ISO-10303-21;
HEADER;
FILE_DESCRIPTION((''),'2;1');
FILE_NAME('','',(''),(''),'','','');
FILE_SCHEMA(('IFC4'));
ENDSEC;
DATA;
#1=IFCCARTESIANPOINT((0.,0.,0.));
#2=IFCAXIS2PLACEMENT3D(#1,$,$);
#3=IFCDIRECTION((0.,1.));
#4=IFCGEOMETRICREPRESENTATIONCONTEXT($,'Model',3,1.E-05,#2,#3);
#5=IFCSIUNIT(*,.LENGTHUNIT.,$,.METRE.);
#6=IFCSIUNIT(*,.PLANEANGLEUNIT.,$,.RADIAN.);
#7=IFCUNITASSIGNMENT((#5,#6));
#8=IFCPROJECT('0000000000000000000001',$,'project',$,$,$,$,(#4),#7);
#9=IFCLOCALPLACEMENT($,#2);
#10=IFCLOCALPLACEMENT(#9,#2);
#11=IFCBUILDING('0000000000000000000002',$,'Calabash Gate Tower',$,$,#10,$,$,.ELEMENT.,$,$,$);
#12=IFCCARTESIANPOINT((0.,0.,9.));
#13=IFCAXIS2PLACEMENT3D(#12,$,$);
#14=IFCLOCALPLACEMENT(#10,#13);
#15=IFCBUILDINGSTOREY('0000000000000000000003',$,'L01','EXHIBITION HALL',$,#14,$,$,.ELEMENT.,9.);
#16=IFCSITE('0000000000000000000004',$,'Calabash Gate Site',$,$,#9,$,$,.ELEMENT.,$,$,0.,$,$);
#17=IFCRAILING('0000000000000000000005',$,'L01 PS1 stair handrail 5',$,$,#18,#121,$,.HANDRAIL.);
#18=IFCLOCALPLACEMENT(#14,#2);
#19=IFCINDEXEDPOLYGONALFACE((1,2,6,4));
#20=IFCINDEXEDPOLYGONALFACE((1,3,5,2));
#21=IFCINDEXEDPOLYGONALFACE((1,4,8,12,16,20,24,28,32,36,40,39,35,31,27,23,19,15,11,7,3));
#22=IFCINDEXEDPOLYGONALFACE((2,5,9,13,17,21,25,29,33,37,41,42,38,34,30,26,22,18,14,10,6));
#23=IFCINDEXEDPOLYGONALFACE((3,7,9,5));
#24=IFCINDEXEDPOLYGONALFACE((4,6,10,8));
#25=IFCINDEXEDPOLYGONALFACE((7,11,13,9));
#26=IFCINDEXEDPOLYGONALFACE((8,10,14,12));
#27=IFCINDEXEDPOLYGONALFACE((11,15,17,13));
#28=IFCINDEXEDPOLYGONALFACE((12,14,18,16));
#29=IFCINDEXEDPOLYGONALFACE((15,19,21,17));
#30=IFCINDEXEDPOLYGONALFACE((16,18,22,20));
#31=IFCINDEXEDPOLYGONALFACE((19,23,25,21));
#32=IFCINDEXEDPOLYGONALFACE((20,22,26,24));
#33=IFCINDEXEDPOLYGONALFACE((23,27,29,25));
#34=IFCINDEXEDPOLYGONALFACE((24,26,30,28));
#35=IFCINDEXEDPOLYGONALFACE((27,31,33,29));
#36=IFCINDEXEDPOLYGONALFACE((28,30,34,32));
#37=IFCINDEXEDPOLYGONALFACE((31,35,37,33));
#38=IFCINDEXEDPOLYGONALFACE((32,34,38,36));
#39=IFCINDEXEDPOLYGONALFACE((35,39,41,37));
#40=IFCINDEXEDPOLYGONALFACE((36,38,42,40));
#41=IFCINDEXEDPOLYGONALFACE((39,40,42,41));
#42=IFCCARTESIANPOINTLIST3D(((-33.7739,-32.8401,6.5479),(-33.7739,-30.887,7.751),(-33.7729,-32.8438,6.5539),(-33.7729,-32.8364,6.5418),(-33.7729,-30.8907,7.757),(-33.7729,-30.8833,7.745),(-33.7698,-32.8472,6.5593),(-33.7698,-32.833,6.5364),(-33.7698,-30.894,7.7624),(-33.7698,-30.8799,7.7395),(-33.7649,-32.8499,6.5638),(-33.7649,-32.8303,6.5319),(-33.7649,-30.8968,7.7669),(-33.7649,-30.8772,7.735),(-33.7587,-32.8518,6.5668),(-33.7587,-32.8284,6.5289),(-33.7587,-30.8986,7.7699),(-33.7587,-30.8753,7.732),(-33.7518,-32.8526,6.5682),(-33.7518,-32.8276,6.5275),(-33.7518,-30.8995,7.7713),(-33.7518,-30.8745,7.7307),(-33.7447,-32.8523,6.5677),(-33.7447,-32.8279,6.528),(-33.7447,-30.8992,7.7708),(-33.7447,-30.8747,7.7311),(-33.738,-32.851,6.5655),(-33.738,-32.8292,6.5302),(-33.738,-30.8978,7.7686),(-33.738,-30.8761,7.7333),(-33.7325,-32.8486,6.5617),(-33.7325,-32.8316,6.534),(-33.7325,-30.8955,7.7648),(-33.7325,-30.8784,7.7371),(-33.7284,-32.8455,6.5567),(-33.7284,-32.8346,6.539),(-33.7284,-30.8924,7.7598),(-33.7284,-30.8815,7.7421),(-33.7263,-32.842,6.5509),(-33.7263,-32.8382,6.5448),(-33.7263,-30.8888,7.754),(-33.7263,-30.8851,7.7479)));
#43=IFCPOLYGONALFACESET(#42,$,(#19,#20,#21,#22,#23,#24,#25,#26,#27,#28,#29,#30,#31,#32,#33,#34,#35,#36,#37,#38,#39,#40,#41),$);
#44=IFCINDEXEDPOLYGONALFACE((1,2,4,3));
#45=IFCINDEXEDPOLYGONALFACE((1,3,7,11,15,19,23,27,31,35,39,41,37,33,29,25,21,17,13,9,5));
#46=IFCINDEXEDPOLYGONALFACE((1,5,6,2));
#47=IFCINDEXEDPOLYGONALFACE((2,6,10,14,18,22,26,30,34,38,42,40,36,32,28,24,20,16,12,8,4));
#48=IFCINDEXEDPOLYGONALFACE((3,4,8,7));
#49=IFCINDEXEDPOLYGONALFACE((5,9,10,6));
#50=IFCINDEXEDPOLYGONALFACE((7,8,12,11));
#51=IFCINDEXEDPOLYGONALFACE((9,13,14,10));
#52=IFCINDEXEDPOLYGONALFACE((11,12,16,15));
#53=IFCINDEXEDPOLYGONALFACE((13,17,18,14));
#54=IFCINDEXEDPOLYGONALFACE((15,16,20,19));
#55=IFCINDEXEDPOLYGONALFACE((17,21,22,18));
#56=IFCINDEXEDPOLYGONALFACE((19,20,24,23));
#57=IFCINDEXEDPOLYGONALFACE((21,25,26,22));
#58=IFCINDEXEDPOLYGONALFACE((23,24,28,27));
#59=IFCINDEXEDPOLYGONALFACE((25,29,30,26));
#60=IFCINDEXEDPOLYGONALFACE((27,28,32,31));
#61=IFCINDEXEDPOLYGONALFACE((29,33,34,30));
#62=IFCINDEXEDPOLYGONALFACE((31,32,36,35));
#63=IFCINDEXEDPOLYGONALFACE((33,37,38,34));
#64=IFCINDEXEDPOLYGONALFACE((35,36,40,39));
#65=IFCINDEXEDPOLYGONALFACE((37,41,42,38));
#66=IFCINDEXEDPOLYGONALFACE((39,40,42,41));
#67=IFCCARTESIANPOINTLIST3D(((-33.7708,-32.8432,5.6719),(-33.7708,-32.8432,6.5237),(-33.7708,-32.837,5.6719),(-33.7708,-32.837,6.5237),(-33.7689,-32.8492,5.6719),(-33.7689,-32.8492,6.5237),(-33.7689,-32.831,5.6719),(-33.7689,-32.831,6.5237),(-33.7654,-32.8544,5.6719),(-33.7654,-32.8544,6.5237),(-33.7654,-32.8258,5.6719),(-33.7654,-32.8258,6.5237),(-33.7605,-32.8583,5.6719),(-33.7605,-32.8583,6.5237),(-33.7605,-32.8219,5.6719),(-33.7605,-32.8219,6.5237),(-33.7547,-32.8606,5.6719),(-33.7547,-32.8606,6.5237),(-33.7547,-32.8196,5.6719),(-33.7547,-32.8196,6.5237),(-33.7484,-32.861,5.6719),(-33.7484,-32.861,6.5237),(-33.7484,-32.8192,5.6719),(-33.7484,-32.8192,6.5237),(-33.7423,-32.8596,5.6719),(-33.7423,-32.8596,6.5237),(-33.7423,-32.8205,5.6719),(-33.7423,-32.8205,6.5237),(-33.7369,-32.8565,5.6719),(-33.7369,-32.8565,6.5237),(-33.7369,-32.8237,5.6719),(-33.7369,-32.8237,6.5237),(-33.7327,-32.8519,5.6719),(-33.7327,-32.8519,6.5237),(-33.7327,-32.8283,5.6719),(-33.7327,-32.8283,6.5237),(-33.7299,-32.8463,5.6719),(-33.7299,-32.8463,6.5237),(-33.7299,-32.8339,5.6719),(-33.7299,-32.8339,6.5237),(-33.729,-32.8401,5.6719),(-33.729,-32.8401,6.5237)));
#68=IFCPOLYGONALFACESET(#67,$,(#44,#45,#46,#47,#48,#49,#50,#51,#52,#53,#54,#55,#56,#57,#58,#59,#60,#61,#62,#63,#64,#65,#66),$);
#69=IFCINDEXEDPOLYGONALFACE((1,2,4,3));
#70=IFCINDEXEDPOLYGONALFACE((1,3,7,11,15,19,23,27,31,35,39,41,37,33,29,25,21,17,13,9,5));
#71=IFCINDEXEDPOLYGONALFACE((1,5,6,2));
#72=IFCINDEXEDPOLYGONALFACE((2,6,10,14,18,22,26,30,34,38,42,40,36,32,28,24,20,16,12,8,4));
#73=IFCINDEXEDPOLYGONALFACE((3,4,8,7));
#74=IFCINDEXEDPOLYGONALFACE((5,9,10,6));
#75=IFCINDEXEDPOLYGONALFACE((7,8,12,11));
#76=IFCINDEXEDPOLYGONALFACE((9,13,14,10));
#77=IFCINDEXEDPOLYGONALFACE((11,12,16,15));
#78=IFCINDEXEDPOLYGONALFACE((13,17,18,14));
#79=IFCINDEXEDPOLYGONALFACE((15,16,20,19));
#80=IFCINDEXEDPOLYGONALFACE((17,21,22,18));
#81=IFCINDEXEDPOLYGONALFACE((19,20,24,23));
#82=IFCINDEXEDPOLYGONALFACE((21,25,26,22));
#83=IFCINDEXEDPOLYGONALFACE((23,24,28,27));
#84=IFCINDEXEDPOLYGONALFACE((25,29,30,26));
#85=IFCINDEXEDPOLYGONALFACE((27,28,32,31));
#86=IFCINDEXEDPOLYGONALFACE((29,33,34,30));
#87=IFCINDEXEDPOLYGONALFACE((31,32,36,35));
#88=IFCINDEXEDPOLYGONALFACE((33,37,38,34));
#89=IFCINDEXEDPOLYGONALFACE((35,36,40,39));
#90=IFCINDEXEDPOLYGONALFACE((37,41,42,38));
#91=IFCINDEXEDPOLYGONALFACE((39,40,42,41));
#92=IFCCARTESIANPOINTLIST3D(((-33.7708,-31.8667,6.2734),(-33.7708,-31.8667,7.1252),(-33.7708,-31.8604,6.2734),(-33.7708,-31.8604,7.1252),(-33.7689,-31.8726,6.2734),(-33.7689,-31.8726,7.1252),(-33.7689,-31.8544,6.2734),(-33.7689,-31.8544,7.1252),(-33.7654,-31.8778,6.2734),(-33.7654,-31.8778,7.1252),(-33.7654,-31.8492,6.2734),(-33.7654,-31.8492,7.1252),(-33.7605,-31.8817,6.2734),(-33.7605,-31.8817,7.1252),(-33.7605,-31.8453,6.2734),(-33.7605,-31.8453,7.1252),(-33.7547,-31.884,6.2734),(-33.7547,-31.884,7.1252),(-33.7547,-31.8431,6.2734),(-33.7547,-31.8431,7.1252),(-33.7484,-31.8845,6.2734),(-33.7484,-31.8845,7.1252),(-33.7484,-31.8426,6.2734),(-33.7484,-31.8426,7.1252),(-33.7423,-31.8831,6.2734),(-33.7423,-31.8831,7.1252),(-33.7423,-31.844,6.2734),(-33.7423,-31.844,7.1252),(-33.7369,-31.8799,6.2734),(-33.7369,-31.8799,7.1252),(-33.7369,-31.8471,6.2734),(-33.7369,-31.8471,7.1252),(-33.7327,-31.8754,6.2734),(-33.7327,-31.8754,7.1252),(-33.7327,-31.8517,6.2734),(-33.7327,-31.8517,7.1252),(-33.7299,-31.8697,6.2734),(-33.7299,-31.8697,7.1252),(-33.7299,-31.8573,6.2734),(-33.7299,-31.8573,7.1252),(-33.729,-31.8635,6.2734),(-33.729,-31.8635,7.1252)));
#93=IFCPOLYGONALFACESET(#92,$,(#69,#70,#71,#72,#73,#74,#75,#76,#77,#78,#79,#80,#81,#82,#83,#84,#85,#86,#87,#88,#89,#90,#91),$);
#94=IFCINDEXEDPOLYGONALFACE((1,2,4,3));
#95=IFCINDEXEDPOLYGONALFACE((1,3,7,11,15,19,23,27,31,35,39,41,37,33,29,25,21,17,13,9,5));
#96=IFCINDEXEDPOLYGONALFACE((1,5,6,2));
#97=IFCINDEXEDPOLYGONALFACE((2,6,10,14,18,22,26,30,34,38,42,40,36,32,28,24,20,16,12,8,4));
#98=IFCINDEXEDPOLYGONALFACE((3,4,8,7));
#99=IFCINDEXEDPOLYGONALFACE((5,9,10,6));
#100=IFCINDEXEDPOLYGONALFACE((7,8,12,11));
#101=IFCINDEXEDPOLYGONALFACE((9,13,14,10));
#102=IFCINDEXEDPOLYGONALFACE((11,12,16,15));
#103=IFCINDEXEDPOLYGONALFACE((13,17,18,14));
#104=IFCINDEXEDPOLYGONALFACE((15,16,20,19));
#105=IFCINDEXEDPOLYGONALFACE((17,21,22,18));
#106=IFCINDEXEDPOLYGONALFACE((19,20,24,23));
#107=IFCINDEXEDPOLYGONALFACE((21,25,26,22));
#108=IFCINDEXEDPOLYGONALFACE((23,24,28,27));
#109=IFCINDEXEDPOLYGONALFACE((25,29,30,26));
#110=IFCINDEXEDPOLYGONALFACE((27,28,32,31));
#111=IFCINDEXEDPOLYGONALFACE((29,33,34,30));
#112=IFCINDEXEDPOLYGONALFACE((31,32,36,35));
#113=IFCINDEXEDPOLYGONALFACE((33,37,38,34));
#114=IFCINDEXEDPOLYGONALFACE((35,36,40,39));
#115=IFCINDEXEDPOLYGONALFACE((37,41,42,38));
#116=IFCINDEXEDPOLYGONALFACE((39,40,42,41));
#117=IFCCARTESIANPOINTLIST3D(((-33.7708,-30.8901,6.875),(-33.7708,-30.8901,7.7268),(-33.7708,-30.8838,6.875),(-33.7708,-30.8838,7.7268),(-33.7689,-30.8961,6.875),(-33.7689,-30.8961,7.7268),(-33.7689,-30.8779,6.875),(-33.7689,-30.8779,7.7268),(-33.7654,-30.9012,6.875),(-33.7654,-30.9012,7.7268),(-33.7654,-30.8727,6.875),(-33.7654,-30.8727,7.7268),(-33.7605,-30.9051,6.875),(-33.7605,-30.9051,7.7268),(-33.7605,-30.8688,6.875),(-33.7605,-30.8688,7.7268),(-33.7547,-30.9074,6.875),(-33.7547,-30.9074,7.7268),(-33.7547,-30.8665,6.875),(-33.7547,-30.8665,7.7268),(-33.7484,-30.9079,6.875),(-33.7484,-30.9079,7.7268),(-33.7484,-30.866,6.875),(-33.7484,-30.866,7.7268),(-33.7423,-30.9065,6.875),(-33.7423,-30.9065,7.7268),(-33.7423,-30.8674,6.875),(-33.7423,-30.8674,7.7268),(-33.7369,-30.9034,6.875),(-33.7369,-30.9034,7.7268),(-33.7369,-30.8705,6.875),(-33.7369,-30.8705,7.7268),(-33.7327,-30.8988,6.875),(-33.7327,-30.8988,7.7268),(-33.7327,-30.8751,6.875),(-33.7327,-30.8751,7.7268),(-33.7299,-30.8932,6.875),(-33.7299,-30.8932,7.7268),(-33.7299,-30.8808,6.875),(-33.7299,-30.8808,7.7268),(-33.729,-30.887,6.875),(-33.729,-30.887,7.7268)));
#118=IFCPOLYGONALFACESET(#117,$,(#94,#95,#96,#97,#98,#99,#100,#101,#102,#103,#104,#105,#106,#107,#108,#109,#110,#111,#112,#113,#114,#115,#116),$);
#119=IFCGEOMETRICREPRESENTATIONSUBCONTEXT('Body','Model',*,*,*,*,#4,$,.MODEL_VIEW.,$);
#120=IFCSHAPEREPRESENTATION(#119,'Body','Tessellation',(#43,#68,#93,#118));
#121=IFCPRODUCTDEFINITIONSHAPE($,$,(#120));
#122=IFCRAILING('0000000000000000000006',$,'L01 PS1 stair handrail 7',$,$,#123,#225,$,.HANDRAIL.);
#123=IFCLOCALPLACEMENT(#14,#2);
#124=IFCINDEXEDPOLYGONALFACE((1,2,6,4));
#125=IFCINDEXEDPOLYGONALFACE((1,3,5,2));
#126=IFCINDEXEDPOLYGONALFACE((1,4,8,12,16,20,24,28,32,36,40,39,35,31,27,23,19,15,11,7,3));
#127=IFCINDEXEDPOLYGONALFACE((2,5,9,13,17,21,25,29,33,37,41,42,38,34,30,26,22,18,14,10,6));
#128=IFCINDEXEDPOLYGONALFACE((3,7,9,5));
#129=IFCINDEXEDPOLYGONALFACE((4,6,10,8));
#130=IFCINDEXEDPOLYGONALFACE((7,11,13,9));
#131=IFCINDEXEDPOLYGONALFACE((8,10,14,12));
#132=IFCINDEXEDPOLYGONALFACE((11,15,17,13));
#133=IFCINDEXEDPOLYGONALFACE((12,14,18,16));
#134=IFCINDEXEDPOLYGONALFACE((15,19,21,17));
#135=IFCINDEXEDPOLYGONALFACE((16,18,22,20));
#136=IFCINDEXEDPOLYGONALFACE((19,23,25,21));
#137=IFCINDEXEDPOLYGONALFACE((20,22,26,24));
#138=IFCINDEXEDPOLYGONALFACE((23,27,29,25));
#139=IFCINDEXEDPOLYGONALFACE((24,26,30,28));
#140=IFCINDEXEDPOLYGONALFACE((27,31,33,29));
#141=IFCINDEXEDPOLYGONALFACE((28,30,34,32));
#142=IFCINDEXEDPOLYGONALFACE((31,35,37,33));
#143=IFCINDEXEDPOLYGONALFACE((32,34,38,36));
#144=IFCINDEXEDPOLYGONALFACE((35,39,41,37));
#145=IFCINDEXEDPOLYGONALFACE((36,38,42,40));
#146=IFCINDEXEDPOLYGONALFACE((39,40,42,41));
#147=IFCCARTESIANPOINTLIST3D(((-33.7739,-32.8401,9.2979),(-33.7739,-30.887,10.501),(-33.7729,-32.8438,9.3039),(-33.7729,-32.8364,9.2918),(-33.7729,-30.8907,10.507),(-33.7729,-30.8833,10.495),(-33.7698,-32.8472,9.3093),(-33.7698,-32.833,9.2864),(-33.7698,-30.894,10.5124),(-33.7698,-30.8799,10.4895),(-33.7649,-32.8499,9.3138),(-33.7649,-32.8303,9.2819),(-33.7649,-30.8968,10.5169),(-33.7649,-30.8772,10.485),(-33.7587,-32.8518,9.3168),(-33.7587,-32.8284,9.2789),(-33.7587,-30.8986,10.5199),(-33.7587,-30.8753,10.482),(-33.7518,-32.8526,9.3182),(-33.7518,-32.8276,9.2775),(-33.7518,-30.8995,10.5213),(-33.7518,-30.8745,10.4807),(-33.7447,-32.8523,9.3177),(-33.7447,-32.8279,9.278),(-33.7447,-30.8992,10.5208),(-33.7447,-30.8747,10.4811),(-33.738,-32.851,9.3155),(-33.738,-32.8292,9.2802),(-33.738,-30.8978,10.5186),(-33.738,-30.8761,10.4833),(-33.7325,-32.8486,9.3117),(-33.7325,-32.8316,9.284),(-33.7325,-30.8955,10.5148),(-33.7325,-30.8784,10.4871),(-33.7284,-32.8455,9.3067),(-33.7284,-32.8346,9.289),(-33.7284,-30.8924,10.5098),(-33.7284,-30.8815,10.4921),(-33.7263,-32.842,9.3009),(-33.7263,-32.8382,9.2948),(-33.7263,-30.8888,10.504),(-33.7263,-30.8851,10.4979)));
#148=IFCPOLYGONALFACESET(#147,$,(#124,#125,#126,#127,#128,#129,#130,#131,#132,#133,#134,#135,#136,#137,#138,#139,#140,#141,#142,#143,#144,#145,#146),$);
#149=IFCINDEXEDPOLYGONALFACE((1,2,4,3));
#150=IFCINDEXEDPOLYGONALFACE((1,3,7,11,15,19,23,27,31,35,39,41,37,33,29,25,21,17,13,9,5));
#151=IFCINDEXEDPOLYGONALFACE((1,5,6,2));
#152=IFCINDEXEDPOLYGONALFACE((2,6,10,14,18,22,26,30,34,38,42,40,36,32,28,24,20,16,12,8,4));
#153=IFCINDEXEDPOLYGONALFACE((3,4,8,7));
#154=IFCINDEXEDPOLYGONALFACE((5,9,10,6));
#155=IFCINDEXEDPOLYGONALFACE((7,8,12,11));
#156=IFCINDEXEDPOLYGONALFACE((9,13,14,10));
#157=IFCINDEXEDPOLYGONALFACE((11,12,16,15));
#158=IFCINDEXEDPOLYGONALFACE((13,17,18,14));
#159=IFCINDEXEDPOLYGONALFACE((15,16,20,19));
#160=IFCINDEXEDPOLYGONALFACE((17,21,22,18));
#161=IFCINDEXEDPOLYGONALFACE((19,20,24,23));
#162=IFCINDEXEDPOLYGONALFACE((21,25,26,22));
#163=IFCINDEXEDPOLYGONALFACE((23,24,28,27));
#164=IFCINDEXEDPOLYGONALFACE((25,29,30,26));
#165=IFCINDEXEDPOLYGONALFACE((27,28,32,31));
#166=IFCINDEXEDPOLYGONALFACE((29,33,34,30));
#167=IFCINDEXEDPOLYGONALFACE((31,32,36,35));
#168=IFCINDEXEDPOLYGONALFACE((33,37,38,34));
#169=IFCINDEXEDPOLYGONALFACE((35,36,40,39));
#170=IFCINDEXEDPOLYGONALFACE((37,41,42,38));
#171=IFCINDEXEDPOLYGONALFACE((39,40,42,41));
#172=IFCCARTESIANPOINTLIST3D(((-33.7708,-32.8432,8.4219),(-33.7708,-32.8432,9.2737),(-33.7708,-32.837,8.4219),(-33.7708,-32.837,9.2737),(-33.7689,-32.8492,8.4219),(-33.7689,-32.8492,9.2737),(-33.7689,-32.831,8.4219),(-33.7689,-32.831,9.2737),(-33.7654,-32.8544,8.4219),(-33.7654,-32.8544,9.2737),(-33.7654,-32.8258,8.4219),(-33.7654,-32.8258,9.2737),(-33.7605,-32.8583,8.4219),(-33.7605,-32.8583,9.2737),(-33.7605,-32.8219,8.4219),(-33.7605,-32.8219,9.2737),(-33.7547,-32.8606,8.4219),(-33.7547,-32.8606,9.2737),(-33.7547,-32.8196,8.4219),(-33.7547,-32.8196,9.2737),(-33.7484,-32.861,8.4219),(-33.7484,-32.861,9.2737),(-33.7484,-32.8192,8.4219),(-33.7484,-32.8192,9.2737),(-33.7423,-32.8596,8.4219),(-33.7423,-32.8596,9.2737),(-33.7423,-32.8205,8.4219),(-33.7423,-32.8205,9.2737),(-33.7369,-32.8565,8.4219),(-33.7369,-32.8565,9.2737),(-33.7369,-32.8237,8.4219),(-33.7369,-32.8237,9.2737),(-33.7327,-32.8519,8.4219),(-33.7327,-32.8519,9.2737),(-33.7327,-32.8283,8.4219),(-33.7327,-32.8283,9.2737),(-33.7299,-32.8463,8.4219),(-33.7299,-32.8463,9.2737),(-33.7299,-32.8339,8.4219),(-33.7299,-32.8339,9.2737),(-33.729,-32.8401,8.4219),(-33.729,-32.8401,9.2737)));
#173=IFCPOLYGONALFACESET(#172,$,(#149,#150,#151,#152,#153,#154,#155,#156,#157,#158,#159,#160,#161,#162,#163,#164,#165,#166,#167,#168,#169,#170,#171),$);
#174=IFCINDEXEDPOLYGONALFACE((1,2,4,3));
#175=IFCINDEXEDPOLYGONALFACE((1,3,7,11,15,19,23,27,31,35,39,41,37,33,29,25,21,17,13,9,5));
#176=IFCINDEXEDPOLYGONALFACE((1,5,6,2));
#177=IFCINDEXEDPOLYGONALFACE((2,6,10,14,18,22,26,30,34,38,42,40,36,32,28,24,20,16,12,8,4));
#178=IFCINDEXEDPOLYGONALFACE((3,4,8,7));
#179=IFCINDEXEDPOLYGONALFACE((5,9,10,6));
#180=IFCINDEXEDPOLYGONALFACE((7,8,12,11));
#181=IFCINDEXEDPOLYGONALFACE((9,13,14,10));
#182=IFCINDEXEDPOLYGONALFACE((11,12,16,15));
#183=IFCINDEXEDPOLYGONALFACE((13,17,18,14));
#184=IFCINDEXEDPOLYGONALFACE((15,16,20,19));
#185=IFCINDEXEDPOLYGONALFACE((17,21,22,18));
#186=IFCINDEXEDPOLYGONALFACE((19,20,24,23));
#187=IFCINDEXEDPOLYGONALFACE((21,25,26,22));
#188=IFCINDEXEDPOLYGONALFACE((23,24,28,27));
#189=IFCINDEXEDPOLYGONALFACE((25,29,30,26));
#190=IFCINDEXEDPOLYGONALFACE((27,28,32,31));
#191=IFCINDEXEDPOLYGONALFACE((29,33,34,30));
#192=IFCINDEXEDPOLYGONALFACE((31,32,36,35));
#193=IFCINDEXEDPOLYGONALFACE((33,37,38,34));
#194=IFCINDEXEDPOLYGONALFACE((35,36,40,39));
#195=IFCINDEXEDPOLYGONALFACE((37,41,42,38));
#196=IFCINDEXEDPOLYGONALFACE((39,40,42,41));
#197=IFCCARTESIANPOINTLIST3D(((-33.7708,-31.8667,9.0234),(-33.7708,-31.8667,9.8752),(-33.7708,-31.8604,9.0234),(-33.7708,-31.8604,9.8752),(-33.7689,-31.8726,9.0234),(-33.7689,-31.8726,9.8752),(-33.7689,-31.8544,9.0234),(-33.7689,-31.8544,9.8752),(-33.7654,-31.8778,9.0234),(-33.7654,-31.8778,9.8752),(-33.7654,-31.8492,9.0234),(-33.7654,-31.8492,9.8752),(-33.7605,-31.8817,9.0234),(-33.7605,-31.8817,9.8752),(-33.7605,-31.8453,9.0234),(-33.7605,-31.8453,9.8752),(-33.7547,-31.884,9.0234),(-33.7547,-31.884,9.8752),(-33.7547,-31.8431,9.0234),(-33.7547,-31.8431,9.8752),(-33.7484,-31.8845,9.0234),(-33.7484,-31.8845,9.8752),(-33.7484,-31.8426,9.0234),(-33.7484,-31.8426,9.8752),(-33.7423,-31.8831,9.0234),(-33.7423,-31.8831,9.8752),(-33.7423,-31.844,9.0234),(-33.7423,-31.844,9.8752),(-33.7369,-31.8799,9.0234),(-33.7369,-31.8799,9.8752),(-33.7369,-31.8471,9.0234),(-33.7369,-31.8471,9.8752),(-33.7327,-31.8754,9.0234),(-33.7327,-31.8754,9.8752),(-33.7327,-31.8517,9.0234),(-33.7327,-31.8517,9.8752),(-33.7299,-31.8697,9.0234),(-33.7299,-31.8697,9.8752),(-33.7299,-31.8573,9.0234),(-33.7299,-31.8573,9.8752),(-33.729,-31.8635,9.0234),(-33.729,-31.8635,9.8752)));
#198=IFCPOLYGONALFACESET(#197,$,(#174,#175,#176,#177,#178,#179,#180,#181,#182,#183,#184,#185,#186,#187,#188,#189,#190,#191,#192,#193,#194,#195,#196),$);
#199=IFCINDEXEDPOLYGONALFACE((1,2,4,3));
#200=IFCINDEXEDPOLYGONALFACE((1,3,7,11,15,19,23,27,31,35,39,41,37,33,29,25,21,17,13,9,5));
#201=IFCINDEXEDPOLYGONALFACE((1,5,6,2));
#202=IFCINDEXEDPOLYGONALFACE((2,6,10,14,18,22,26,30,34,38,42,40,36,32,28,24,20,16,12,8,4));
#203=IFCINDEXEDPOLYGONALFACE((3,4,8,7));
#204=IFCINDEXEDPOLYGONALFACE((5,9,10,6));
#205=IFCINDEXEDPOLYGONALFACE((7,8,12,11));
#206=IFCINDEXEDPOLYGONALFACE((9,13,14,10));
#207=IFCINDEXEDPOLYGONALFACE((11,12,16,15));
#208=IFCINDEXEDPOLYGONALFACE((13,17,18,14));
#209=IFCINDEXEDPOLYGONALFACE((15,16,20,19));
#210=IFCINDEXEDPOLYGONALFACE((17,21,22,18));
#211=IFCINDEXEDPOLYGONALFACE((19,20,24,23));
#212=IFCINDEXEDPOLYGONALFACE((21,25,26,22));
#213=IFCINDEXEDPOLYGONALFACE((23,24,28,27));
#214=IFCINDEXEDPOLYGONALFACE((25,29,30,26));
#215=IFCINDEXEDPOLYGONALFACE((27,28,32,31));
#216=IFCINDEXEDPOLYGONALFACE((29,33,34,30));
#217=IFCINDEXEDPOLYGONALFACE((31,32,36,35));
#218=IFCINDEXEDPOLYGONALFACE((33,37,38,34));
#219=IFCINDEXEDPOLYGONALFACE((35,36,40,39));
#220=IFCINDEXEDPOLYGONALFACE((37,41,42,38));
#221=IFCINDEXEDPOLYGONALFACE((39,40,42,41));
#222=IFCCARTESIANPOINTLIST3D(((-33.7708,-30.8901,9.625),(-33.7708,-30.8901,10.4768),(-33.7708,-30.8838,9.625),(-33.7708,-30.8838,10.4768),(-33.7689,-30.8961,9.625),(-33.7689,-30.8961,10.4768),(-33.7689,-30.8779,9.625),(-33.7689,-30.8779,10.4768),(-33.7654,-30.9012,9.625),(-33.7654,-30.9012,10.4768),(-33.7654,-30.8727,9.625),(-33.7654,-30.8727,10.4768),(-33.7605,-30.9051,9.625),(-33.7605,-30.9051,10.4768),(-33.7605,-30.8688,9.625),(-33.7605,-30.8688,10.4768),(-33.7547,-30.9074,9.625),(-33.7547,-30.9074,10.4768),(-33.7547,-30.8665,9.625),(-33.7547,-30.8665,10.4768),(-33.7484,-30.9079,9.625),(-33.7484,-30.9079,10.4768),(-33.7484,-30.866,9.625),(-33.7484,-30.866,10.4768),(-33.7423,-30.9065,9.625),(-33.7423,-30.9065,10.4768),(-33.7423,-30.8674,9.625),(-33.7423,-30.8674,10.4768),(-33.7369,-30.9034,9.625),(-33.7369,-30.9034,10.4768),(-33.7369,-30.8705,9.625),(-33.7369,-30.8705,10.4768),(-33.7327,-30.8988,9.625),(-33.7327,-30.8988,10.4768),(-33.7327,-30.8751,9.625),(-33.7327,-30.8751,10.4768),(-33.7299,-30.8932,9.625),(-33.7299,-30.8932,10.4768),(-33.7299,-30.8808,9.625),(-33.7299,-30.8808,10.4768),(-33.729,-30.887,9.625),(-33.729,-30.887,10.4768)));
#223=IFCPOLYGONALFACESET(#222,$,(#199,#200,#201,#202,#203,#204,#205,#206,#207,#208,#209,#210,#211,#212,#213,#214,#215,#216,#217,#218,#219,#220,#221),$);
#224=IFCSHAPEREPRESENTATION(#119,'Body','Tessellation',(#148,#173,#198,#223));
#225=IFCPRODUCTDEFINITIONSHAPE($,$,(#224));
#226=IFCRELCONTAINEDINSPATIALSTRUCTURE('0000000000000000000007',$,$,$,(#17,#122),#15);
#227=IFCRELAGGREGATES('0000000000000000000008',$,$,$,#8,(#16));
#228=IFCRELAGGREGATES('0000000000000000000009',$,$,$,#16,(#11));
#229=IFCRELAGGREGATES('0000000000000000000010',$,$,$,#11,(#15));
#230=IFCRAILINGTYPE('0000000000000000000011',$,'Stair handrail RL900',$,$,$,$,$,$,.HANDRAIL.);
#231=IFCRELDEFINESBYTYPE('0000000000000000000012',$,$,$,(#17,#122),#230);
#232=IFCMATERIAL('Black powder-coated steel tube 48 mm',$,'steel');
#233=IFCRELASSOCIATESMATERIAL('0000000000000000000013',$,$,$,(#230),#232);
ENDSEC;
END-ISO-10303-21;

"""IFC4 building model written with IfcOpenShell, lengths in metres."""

from ifc_helpers import new_model, si_unit, direction, frame, origin, origin_2d, place, context, subcontext, project, spatial, circle, extrude, material, type_object, element, save


model = new_model("IFC4")

# Units and contexts
model_context = context("Model", 3, precision=1e-05, world=origin(), true_north=direction((0.0, 1.0)))
body_context = subcontext(model_context, "Body", "Model", "MODEL_VIEW")
ifc_project = project(units=[si_unit("LENGTHUNIT", "METRE"), si_unit("PLANEANGLEUNIT", "RADIAN")], contexts=[model_context])

# Site, building, storey
site_placement = place(None, origin())
site = spatial("IfcSite", under=ifc_project, at=site_placement, Name="Calabash Gate Site", CompositionType="ELEMENT", RefElevation=0.0)
building_placement = place(site_placement, origin())
building = spatial("IfcBuilding", under=site, at=building_placement, Name="Calabash Gate Tower", CompositionType="ELEMENT")
storey_placement = place(building_placement, frame((0.0, 0.0, 9.0)))
storey = spatial("IfcBuildingStorey", under=building, at=storey_placement, Name="L01", Description="EXHIBITION HALL", CompositionType="ELEMENT", Elevation=9.0)

# Railings
ifc_material_1 = material(Name="Black powder-coated steel tube 48 mm", Category="steel")
railing_type_1 = type_object("IfcRailingType", Name="Stair handrail RL900", PredefinedType="HANDRAIL", material=ifc_material_1)
for number, where, name in (
    (1, (-33.75, -32.8401, 5.6719), "L01 PS1 stair handrail 5"),
    (2, (-33.75, -32.8401, 8.4219), "L01 PS1 stair handrail 7"),
):
    element("IfcRailing", number, at=place(storey_placement, frame(where)), inside=storey, type_object=railing_type_1, Name=name, PredefinedType="HANDRAIL", context=body_context, shape_type="SweptSolid", body=[
        extrude(circle(Radius=0.0239, at=origin_2d()), frame((0.0, 0.0, 0.876), z_axis=(0.0, 0.851424, 0.524477), x_axis=(-1.0, 0.0, 0.0)), (0.0, 0.0, 1.0), 2.2939),
        extrude(circle(Radius=0.021, at=origin_2d()), origin(), (0.0, 0.0, 1.0), 0.8518),
        extrude(circle(Radius=0.021, at=origin_2d()), frame((0.0, 0.9766, 0.6016)), (0.0, 0.0, 1.0), 0.8518),
        extrude(circle(Radius=0.021, at=origin_2d()), frame((0.0, 1.9531, 1.2031)), (0.0, 0.0, 1.0), 0.8518),
    ])

save(model, "model.ifc")
